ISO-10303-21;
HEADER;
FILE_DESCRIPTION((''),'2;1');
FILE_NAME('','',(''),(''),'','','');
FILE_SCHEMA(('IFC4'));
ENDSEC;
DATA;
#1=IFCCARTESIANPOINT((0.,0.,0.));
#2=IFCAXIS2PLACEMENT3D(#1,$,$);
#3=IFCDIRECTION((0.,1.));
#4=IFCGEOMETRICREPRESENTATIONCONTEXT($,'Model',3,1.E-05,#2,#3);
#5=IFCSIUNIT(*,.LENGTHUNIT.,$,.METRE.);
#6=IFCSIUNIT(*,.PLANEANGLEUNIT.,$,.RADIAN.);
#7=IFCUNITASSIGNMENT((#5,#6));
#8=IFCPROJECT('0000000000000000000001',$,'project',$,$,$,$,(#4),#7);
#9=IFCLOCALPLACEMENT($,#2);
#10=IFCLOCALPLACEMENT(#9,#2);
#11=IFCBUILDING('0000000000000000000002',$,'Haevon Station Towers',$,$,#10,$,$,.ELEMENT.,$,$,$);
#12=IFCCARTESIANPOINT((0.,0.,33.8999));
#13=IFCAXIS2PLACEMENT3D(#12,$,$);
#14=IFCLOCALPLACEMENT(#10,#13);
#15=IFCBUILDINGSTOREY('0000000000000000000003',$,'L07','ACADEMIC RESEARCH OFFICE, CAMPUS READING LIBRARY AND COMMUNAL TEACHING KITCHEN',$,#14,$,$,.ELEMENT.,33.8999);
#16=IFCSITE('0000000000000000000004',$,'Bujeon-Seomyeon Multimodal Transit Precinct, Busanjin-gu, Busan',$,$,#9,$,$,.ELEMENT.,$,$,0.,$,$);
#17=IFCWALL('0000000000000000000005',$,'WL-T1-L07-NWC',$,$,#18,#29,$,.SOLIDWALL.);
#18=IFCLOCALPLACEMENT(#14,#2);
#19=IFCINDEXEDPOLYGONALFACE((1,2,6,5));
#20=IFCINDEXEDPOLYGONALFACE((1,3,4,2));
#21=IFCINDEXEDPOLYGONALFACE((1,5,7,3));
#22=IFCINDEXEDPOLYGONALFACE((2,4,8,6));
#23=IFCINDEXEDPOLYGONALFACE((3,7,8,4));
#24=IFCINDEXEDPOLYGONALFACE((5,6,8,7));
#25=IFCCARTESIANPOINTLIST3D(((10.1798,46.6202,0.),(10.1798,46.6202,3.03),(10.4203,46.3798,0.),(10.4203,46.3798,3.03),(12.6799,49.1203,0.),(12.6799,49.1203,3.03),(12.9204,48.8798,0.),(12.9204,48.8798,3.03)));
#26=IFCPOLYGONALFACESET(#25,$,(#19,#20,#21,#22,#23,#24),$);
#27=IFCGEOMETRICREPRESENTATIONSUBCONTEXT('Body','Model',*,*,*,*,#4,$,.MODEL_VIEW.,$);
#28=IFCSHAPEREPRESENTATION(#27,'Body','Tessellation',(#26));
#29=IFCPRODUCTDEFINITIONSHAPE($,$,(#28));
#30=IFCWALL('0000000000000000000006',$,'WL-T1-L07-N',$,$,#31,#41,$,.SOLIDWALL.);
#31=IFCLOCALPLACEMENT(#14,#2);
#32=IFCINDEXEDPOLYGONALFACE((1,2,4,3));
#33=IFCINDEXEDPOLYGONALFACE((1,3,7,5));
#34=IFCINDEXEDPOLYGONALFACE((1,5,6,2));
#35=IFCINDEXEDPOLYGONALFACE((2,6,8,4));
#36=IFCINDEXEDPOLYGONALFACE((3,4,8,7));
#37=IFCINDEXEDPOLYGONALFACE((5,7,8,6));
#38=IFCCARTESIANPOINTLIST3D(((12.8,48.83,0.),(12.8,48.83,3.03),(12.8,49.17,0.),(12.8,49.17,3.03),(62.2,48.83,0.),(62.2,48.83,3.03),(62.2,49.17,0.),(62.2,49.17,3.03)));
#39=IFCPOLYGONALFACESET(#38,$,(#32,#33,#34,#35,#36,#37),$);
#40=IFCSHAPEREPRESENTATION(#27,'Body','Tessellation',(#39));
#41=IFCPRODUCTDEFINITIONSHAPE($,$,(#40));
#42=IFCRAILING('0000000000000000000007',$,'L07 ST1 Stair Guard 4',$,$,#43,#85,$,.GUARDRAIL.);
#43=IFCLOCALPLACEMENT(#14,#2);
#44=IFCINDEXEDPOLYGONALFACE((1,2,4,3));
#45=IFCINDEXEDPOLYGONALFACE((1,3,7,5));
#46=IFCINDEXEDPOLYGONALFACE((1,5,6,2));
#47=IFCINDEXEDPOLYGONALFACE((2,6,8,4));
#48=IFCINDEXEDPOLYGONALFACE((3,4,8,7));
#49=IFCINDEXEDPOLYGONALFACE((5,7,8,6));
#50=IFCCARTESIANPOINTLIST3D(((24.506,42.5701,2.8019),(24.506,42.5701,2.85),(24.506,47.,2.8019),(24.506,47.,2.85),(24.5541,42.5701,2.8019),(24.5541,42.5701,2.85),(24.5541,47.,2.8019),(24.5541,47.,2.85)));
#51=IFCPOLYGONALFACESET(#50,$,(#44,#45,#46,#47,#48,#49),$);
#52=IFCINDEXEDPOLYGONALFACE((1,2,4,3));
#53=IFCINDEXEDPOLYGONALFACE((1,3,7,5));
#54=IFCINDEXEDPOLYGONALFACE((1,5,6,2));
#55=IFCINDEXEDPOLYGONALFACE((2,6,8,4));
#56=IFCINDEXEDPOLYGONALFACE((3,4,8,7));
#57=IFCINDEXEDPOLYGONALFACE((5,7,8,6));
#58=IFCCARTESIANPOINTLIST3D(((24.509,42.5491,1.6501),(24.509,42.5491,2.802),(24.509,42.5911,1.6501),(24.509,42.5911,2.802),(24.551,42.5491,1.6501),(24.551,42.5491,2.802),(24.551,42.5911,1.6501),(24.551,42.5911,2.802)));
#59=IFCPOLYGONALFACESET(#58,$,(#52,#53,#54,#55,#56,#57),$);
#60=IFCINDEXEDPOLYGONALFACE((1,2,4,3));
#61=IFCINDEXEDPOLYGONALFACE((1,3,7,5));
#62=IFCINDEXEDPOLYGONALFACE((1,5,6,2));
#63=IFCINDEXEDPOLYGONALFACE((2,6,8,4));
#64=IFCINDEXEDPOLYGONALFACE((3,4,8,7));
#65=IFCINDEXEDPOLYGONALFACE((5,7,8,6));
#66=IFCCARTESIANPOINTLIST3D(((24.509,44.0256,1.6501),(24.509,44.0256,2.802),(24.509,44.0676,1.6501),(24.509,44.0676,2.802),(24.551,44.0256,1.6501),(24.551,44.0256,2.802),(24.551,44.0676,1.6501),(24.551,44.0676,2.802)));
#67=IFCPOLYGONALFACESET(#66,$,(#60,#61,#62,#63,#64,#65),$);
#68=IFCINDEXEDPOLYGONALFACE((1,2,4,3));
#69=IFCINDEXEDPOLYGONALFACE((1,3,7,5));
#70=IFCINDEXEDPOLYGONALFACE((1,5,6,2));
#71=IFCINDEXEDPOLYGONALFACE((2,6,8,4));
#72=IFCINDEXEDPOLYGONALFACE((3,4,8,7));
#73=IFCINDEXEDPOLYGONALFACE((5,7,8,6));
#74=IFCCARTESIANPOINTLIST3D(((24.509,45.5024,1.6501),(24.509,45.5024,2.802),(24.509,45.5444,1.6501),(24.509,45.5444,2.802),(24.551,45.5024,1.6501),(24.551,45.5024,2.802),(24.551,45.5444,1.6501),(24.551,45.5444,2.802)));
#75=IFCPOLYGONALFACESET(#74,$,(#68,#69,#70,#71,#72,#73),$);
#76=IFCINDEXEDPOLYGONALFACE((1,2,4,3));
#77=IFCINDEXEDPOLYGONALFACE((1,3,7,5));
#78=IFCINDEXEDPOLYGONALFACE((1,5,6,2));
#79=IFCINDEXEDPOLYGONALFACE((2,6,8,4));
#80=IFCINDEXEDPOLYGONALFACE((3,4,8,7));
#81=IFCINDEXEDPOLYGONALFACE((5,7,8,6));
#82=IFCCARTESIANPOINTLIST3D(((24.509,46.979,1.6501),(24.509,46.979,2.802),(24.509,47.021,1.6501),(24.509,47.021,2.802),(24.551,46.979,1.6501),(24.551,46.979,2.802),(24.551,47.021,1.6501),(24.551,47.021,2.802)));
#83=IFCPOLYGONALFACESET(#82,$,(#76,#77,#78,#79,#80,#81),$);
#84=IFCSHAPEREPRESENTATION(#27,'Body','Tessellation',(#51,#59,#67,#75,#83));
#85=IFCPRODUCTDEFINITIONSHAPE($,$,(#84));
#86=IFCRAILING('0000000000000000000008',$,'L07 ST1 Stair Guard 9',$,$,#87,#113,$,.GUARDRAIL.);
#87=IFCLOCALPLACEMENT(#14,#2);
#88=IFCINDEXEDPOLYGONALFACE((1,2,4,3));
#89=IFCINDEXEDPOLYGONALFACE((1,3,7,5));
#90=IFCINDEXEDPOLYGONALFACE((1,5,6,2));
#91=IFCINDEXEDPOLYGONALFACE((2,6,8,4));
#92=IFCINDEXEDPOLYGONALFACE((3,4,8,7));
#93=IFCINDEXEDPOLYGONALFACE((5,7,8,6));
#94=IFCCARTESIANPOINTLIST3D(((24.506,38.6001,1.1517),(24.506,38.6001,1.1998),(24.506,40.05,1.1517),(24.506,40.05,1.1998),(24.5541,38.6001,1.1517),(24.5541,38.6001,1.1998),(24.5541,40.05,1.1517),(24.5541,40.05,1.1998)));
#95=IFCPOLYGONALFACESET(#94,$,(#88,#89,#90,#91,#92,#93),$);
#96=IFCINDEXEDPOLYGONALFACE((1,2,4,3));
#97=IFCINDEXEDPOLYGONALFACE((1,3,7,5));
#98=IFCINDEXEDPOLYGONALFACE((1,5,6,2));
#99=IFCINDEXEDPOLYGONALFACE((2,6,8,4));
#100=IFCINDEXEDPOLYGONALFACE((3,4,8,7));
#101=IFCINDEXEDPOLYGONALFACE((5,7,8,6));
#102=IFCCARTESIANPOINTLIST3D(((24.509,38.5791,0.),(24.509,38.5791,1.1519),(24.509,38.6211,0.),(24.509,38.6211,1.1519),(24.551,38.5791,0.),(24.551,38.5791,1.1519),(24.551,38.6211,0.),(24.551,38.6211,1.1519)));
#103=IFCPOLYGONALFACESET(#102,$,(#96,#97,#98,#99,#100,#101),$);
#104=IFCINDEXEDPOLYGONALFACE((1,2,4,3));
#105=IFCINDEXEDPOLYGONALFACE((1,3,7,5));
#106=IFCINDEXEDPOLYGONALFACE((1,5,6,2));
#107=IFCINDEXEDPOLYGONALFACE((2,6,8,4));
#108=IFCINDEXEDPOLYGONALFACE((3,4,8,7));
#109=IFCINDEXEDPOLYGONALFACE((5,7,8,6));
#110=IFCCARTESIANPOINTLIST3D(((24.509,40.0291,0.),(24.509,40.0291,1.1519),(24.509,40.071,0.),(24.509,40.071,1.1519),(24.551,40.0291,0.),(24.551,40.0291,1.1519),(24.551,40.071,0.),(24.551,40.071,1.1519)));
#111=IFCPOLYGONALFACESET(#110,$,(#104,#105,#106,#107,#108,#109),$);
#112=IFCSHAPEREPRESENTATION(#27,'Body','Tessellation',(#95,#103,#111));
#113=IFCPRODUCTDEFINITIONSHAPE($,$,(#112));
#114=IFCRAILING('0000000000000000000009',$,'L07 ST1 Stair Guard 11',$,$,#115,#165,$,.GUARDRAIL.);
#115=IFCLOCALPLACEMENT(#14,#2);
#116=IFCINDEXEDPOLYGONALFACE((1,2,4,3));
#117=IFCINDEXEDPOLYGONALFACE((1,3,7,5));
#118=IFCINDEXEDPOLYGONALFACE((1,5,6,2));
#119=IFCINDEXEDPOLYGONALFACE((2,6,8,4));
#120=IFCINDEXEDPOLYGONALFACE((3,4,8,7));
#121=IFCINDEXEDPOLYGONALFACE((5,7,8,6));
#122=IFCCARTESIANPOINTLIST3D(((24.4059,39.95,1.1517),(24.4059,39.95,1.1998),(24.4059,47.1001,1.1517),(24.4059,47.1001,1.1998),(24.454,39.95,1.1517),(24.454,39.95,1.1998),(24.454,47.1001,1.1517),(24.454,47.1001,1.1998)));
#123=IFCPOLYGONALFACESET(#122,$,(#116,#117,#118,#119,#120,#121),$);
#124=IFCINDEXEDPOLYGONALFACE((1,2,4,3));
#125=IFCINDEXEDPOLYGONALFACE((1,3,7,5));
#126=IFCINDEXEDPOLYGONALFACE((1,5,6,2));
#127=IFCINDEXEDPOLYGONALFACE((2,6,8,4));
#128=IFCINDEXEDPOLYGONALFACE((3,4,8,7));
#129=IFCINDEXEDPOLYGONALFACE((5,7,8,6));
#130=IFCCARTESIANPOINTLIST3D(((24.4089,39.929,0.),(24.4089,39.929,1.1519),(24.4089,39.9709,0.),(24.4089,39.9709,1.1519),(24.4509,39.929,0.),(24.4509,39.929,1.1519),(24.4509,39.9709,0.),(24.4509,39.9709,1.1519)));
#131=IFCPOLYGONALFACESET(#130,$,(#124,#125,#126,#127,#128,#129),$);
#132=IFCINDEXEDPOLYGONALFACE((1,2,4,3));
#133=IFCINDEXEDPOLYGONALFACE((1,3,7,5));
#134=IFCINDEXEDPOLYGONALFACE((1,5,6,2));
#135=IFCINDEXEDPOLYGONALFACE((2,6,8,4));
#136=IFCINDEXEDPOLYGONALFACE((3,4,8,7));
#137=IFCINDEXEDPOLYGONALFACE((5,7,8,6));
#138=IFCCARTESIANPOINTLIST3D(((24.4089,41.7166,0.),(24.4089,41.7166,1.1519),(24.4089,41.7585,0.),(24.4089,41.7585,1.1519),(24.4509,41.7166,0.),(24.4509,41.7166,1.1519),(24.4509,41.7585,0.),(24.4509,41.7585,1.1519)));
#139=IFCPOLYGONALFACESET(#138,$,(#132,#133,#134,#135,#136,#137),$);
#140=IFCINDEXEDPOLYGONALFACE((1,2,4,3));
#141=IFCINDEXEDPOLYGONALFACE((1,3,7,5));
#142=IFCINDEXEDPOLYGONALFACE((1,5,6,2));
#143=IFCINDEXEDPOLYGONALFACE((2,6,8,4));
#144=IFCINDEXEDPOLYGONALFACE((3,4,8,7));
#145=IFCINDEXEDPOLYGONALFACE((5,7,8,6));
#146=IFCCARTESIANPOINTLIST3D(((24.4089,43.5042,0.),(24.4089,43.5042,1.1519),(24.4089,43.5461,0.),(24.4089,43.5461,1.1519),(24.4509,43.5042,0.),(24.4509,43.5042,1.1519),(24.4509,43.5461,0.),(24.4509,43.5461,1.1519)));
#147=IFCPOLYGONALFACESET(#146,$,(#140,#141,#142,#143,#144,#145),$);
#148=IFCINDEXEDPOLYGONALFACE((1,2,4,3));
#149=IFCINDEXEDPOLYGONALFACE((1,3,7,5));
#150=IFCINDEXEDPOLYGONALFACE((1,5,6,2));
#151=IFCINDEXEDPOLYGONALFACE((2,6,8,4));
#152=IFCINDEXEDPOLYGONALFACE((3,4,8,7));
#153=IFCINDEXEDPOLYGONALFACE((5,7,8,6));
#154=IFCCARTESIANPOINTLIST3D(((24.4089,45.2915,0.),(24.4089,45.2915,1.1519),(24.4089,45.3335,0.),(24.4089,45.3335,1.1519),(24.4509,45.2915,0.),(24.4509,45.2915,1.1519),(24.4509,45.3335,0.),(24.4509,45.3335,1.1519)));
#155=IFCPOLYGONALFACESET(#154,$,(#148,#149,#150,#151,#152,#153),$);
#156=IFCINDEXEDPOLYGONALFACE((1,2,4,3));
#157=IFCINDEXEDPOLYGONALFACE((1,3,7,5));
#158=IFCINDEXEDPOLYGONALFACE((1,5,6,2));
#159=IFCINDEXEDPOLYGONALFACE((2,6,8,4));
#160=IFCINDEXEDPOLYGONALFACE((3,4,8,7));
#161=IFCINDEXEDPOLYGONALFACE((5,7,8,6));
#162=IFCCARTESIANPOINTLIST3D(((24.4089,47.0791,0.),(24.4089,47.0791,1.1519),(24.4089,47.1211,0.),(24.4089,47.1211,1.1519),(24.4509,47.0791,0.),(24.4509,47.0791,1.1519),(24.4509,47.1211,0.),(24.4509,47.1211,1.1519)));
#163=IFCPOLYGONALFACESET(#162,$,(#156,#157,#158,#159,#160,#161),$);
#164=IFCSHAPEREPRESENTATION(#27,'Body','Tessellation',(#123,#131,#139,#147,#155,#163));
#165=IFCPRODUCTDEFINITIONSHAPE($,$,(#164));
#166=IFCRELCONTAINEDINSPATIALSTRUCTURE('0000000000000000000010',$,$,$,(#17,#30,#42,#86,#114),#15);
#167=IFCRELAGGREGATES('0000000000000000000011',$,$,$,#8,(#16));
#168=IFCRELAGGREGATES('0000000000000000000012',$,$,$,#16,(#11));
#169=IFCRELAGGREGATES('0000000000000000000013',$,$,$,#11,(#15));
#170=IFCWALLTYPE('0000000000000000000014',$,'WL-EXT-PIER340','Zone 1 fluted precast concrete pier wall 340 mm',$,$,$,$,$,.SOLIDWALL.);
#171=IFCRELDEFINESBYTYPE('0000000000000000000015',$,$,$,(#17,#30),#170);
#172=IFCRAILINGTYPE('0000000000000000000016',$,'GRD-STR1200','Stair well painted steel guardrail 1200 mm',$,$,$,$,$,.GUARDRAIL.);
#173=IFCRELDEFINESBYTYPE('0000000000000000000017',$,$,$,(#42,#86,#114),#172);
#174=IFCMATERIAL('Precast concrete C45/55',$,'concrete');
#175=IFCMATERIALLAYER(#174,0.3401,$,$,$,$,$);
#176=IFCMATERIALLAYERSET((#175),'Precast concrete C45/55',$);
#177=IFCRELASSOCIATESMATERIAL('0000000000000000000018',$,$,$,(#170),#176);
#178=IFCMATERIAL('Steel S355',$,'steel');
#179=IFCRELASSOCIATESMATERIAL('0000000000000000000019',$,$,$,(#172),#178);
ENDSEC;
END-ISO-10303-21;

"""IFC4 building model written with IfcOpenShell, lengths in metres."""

from ifc_helpers import new_model, si_unit, direction, frame, frame_2d, origin, origin_2d, place, context, subcontext, project, spatial, rectangle, extrude, material, layer, layer_set, type_object, element, save


model = new_model("IFC4")

# Units and contexts
model_context = context("Model", 3, precision=1e-05, world=origin(), true_north=direction((0.0, 1.0)))
body_context = subcontext(model_context, "Body", "Model", "MODEL_VIEW")
ifc_project = project(units=[si_unit("LENGTHUNIT", "METRE"), si_unit("PLANEANGLEUNIT", "RADIAN")], contexts=[model_context])

# Site, building, storey
site_placement = place(None, origin())
site = spatial("IfcSite", under=ifc_project, at=site_placement, Name="Bujeon-Seomyeon Multimodal Transit Precinct, Busanjin-gu, Busan", CompositionType="ELEMENT", RefElevation=0.0)
building_placement = place(site_placement, origin())
building = spatial("IfcBuilding", under=site, at=building_placement, Name="Haevon Station Towers", CompositionType="ELEMENT")
storey_placement = place(building_placement, frame((0.0, 0.0, 33.8999)))
storey = spatial("IfcBuildingStorey", under=building, at=storey_placement, Name="L07", Description="ACADEMIC RESEARCH OFFICE, CAMPUS READING LIBRARY AND COMMUNAL TEACHING KITCHEN", CompositionType="ELEMENT", Elevation=33.8999)

# Shared definitions
ifc_material_1 = material(Name="Steel S355", Category="steel")

# Walls
ifc_material_2 = material(Name="Precast concrete C45/55", Category="concrete")
ifc_layer_1 = layer(ifc_material_2, 0.3401)
ifc_layer_set_1 = layer_set([ifc_layer_1], Name="Precast concrete C45/55")
wall_type_1 = type_object("IfcWallType", Name="WL-EXT-PIER340", Description="Zone 1 fluted precast concrete pier wall 340 mm", PredefinedType="SOLIDWALL", material=ifc_layer_set_1)
wall_1_placement = place(storey_placement, frame((10.3, 46.5, 0.0), z_axis=(0.0, 0.0, 1.0), x_axis=(0.707107, 0.707107, 0.0)))
element("IfcWall", 1, at=wall_1_placement, inside=storey, type_object=wall_type_1, Name="WL-T1-L07-NWC", PredefinedType="SOLIDWALL", context=body_context, shape_type="SweptSolid", body=[
    extrude(rectangle(XDim=3.5356, YDim=0.3401, at=frame_2d((1.7678, 0.0))), origin(), (0.0, 0.0, 1.0), 3.03),
])
wall_2_placement = place(storey_placement, frame((12.8, 49.0, 0.0), z_axis=(0.0, 0.0, 1.0), x_axis=(1.0, 0.0, 0.0)))
element("IfcWall", 2, at=wall_2_placement, inside=storey, type_object=wall_type_1, Name="WL-T1-L07-N", PredefinedType="SOLIDWALL", context=body_context, shape_type="SweptSolid", body=[
    extrude(rectangle(XDim=49.3999, YDim=0.3401, at=frame_2d((24.7, 0.0))), origin(), (0.0, 0.0, 1.0), 3.03),
])

# Railings
railing_type = type_object("IfcRailingType", Name="GRD-STR1200", Description="Stair well painted steel guardrail 1200 mm", PredefinedType="GUARDRAIL", material=ifc_material_1)
railing_1_placement = place(storey_placement, frame((24.53, 42.5701, 1.6501)))
element("IfcRailing", 3, at=railing_1_placement, inside=storey, type_object=railing_type, Name="L07 ST1 Stair Guard 4", PredefinedType="GUARDRAIL", context=body_context, shape_type="SweptSolid", body=[
    extrude(rectangle(XDim=0.0481, YDim=0.0481, at=origin_2d()), frame((0.0, 0.0, 1.1758), z_axis=(0.0, 1.0, 0.0), x_axis=(-1.0, 0.0, 0.0)), (0.0, 0.0, 1.0), 4.4299),
    extrude(rectangle(XDim=0.042, YDim=0.042, at=origin_2d()), origin(), (0.0, 0.0, 1.0), 1.1519),
    extrude(rectangle(XDim=0.042, YDim=0.042, at=origin_2d()), frame((0.0, 1.4766, 0.0)), (0.0, 0.0, 1.0), 1.1519),
    extrude(rectangle(XDim=0.042, YDim=0.042, at=origin_2d()), frame((0.0, 2.9534, 0.0)), (0.0, 0.0, 1.0), 1.1519),
    extrude(rectangle(XDim=0.042, YDim=0.042, at=origin_2d()), frame((0.0, 4.4299, 0.0)), (0.0, 0.0, 1.0), 1.1519),
])
railing_2_placement = place(storey_placement, frame((24.53, 38.6001, 0.0)))
element("IfcRailing", 4, at=railing_2_placement, inside=storey, type_object=railing_type, Name="L07 ST1 Stair Guard 9", PredefinedType="GUARDRAIL", context=body_context, shape_type="SweptSolid", body=[
    extrude(rectangle(XDim=0.0481, YDim=0.0481, at=origin_2d()), frame((0.0, 0.0, 1.1758), z_axis=(0.0, 1.0, 0.0), x_axis=(-1.0, 0.0, 0.0)), (0.0, 0.0, 1.0), 1.45),
    extrude(rectangle(XDim=0.042, YDim=0.042, at=origin_2d()), origin(), (0.0, 0.0, 1.0), 1.1519),
    extrude(rectangle(XDim=0.042, YDim=0.042, at=origin_2d()), frame((0.0, 1.45, 0.0)), (0.0, 0.0, 1.0), 1.1519),
])
railing_3_placement = place(storey_placement, frame((24.4299, 39.95, 0.0)))
element("IfcRailing", 5, at=railing_3_placement, inside=storey, type_object=railing_type, Name="L07 ST1 Stair Guard 11", PredefinedType="GUARDRAIL", context=body_context, shape_type="SweptSolid", body=[
    extrude(rectangle(XDim=0.0481, YDim=0.0481, at=origin_2d()), frame((0.0, 0.0, 1.1758), z_axis=(0.0, 1.0, 0.0), x_axis=(-1.0, 0.0, 0.0)), (0.0, 0.0, 1.0), 7.1501),
    extrude(rectangle(XDim=0.042, YDim=0.042, at=origin_2d()), origin(), (0.0, 0.0, 1.0), 1.1519),
    extrude(rectangle(XDim=0.042, YDim=0.042, at=origin_2d()), frame((0.0, 1.7876, 0.0)), (0.0, 0.0, 1.0), 1.1519),
    extrude(rectangle(XDim=0.042, YDim=0.042, at=origin_2d()), frame((0.0, 3.5752, 0.0)), (0.0, 0.0, 1.0), 1.1519),
    extrude(rectangle(XDim=0.042, YDim=0.042, at=origin_2d()), frame((0.0, 5.3625, 0.0)), (0.0, 0.0, 1.0), 1.1519),
    extrude(rectangle(XDim=0.042, YDim=0.042, at=origin_2d()), frame((0.0, 7.1501, 0.0)), (0.0, 0.0, 1.0), 1.1519),
])

save(model, "model.ifc")
